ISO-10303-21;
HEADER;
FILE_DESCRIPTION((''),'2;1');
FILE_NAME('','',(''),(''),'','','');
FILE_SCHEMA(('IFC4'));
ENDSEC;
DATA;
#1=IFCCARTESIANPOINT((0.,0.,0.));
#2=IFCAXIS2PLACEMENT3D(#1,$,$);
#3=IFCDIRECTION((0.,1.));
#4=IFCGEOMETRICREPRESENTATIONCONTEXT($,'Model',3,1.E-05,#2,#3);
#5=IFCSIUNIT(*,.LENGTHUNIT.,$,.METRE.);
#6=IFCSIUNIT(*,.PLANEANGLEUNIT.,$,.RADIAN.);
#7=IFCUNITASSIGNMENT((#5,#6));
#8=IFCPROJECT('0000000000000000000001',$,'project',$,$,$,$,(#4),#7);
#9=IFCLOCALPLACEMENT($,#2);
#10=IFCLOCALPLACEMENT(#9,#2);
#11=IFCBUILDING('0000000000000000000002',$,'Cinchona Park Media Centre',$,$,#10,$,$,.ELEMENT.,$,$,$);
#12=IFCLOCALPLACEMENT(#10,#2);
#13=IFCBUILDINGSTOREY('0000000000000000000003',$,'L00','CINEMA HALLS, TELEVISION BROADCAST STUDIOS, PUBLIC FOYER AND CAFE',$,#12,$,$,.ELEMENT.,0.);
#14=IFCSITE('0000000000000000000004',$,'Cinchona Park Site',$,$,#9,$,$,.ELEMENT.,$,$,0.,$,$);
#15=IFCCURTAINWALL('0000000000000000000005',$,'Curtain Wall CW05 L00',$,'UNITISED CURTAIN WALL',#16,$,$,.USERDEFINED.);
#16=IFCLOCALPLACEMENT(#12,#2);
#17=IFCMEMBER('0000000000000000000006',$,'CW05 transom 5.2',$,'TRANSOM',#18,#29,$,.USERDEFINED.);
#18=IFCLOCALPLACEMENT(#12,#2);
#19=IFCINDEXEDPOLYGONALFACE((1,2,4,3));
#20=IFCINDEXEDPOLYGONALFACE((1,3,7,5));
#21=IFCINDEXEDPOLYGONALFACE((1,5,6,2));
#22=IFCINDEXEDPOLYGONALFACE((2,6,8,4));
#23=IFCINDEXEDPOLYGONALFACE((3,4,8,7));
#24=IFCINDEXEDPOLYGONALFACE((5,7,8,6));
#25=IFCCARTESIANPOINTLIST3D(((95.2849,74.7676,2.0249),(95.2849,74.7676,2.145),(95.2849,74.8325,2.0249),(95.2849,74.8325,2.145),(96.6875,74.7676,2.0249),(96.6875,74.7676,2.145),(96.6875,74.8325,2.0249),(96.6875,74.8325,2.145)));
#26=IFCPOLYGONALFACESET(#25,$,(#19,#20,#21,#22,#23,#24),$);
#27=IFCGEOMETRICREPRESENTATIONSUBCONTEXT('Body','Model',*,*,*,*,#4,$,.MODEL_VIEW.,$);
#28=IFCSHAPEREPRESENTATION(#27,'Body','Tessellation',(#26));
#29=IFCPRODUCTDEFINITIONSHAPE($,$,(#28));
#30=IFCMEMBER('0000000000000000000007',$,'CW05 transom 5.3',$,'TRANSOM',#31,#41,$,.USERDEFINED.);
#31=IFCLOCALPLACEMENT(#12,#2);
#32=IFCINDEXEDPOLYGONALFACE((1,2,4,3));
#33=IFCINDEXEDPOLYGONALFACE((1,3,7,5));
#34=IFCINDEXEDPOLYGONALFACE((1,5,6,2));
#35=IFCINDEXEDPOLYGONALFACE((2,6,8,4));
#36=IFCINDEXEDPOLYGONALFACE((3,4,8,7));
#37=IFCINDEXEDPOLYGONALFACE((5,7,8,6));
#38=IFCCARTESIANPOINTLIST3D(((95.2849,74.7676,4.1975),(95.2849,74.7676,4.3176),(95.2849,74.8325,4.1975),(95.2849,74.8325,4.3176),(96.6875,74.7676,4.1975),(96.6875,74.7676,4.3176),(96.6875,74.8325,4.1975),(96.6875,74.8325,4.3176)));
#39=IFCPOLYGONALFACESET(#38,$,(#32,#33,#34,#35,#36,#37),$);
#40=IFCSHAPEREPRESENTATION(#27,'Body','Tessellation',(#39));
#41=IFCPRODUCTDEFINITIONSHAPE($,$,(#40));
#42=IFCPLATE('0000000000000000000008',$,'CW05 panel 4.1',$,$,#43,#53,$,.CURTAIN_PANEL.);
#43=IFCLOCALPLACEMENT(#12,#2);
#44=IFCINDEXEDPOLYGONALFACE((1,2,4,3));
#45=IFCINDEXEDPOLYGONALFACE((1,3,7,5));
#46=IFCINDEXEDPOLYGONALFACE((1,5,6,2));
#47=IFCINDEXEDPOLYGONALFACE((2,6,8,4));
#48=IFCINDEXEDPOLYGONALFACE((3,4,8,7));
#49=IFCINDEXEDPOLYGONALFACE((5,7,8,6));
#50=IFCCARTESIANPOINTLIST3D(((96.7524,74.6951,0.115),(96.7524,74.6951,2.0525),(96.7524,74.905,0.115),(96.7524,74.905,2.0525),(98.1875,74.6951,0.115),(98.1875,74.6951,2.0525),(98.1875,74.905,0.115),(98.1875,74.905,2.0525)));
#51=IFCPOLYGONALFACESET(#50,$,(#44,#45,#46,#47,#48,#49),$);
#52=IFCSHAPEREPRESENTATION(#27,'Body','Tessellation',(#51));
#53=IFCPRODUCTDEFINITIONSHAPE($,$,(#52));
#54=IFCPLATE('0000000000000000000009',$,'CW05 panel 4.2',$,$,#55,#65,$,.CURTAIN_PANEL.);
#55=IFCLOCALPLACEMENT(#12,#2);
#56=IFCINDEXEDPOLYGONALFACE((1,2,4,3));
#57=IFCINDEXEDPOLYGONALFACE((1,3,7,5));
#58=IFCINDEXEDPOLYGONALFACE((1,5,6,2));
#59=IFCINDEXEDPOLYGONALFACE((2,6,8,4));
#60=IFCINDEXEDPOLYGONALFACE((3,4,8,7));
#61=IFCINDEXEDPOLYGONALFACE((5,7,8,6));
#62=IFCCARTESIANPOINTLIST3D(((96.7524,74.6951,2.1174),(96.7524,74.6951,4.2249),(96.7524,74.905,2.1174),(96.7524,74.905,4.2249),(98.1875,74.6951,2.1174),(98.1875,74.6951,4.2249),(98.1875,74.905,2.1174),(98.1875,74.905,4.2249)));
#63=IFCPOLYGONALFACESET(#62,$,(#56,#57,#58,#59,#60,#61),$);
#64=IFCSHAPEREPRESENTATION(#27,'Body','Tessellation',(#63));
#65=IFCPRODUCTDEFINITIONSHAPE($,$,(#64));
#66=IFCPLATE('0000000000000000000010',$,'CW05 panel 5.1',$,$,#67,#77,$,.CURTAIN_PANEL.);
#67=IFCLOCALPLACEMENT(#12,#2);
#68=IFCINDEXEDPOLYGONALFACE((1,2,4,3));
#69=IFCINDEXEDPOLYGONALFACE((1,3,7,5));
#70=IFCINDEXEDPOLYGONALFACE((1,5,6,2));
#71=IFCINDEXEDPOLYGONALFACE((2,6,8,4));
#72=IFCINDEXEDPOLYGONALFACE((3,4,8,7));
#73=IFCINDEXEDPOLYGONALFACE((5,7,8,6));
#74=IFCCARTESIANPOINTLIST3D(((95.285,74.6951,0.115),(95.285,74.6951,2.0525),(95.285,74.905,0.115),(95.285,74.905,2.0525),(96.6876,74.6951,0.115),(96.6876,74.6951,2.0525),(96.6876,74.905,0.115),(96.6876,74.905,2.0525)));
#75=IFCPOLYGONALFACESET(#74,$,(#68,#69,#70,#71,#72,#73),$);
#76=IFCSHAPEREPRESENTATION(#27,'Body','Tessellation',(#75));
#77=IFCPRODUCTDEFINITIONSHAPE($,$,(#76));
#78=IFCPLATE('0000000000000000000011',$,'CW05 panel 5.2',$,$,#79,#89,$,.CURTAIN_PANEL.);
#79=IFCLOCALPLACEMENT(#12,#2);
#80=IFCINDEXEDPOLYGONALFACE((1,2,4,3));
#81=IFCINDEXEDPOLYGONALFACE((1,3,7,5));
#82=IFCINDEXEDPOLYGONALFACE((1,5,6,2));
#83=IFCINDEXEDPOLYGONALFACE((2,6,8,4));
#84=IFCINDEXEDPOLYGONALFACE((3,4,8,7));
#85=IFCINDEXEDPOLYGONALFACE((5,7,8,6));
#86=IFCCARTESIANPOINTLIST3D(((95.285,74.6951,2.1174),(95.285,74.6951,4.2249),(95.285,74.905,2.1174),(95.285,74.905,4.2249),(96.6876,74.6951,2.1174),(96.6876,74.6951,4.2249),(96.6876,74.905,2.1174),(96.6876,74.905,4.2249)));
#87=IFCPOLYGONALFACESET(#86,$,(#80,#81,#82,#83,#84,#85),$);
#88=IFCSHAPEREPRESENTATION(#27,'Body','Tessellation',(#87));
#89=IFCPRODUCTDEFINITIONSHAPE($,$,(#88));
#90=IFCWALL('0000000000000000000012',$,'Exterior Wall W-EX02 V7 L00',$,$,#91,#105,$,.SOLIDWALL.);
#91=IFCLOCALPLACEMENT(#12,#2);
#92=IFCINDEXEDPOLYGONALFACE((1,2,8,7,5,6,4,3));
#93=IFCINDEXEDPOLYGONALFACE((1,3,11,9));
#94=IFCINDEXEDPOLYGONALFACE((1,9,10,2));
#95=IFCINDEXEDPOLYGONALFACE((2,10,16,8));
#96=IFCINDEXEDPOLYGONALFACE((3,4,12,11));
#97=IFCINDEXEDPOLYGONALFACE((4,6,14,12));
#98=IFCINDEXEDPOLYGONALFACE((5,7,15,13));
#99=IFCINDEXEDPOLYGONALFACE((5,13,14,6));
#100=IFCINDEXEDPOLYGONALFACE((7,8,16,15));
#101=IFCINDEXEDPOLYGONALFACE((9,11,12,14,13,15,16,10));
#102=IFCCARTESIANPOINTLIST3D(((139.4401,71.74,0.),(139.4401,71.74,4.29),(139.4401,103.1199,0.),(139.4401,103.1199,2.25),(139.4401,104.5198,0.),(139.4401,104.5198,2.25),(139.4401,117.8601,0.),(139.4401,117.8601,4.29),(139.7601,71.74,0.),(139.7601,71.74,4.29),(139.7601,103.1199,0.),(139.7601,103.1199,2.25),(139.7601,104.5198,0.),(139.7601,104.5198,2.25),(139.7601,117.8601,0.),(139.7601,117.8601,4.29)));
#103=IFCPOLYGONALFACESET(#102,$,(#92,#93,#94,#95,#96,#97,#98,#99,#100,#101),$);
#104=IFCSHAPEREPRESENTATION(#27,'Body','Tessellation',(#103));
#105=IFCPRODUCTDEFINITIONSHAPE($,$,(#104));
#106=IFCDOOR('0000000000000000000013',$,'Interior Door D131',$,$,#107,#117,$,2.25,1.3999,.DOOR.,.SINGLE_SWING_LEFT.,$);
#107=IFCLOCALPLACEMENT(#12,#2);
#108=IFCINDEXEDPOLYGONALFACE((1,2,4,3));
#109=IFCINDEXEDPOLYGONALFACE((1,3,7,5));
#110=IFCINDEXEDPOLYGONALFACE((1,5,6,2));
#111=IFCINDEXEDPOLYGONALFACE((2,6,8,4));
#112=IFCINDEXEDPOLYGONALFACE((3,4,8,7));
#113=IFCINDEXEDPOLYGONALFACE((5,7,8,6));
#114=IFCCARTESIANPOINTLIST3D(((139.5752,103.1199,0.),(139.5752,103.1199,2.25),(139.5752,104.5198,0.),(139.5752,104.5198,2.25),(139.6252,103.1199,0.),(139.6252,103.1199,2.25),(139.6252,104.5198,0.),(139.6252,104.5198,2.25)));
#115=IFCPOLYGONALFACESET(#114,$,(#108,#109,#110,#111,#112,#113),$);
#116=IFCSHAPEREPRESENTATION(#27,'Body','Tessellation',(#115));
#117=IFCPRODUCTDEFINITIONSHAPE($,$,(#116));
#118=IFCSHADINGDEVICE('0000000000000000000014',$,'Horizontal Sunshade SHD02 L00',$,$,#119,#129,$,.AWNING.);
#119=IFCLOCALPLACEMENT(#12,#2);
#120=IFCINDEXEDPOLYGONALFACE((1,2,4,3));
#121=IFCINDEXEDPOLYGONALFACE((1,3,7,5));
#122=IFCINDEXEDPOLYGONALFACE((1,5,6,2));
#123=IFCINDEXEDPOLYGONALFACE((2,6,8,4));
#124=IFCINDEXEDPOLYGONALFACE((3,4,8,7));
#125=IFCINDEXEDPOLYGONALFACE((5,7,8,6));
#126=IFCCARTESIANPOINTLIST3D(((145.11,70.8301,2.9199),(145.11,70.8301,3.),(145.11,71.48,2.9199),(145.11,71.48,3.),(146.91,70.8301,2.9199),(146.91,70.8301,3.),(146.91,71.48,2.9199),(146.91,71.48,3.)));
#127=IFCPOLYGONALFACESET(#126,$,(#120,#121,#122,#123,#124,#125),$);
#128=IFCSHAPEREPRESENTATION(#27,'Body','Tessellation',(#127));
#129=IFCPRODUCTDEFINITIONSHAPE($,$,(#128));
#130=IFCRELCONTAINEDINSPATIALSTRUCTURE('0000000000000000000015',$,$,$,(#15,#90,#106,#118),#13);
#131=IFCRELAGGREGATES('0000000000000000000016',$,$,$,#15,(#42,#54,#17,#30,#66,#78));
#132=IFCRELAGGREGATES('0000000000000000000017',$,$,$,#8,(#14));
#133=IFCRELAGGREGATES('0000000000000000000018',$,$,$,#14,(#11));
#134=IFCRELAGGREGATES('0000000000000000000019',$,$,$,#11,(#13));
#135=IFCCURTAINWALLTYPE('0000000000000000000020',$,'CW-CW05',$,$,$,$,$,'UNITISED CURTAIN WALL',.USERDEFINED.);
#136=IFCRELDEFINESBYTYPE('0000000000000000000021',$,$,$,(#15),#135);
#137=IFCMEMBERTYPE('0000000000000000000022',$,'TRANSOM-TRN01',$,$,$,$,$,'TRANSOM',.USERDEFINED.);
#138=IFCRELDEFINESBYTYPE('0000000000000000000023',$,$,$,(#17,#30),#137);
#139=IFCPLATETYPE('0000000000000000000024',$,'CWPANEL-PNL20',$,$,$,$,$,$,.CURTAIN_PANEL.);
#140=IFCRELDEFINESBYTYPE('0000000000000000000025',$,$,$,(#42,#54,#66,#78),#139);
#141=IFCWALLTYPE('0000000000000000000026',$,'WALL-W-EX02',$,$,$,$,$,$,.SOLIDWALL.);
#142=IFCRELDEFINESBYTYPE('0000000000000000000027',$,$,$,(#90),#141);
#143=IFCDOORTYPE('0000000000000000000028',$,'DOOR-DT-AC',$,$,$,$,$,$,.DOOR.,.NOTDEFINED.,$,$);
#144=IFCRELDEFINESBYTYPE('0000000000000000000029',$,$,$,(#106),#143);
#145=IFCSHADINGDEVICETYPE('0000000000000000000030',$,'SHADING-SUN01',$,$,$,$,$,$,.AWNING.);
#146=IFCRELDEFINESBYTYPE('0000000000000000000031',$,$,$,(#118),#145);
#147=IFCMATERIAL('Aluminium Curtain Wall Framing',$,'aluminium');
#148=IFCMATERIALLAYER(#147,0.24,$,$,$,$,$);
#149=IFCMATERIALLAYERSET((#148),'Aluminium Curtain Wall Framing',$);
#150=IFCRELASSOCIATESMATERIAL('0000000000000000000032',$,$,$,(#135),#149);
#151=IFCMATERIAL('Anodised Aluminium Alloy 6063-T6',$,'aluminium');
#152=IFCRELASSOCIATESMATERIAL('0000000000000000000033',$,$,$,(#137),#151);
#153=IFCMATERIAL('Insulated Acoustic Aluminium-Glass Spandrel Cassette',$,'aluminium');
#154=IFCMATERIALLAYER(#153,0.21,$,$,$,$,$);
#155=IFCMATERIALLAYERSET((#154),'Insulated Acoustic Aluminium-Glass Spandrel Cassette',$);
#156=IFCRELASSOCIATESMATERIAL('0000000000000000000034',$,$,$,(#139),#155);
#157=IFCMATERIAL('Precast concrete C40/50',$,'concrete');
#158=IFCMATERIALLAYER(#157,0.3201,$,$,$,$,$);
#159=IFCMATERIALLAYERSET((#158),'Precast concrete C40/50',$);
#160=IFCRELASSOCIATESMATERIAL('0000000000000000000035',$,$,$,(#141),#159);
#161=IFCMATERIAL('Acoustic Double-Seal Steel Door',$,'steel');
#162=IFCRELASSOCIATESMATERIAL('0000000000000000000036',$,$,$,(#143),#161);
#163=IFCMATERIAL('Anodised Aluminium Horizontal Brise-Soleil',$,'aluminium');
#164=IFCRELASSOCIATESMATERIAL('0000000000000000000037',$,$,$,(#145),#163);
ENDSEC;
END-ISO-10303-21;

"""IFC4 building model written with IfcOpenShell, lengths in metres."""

from ifc_helpers import new_model, si_unit, direction, frame, frame_2d, origin, origin_2d, place, context, subcontext, project, spatial, rectangle, extrude, material, layer, layer_set, material_profile, profile_set, type_object, element, fill, aggregate, save


model = new_model("IFC4")

# Units and contexts
model_context = context("Model", 3, precision=1e-05, world=origin(), true_north=direction((0.0, 1.0)))
body_context = subcontext(model_context, "Body", "Model", "MODEL_VIEW")
ifc_project = project(units=[si_unit("LENGTHUNIT", "METRE"), si_unit("PLANEANGLEUNIT", "RADIAN")], contexts=[model_context])

# Site, building, storey
site_placement = place(None, origin())
site = spatial("IfcSite", under=ifc_project, at=site_placement, Name="Cinchona Park Site", CompositionType="ELEMENT", RefElevation=0.0)
building_placement = place(site_placement, origin())
building = spatial("IfcBuilding", under=site, at=building_placement, Name="Cinchona Park Media Centre", CompositionType="ELEMENT")
storey_placement = place(building_placement, origin())
storey = spatial("IfcBuildingStorey", under=building, at=storey_placement, Name="L00", Description="CINEMA HALLS, TELEVISION BROADCAST STUDIOS, PUBLIC FOYER AND CAFE", CompositionType="ELEMENT", Elevation=0.0)

# Curtain wall, members, plates
ifc_material_1 = material(Name="Aluminium Curtain Wall Framing", Category="aluminium")
ifc_layer_1 = layer(ifc_material_1, 0.24)
ifc_layer_set_1 = layer_set([ifc_layer_1], Name="Aluminium Curtain Wall Framing")
curtain_wall_type = type_object("IfcCurtainWallType", Name="CW-CW05", ElementType="UNITISED CURTAIN WALL", PredefinedType="USERDEFINED", material=ifc_layer_set_1)
curtain_wall_placement = place(storey_placement, origin())
curtain_wall = element("IfcCurtainWall", 1, at=curtain_wall_placement, inside=storey, type_object=curtain_wall_type, Name="Curtain Wall CW05 L00", ObjectType="UNITISED CURTAIN WALL", PredefinedType="USERDEFINED")
ifc_material_2 = material(Name="Anodised Aluminium Alloy 6063-T6", Category="aluminium")
ifc_material_profile_1 = material_profile(ifc_material_2, rectangle(XDim=0.0649, YDim=0.1201, at=origin_2d()), Name="TRN-65X120")
ifc_profile_set_1 = profile_set([ifc_material_profile_1], Name="Anodised Aluminium Alloy 6063-T6")
member_type_1 = type_object("IfcMemberType", Name="TRANSOM-TRN01", ElementType="TRANSOM", PredefinedType="USERDEFINED", material=ifc_profile_set_1)
member_1_placement = place(storey_placement, frame((96.6875, 74.8, 2.085), z_axis=(-1.0, 0.0, 0.0), x_axis=(0.0, -1.0, 0.0)))
member_1 = element("IfcMember", 2, at=member_1_placement, type_object=member_type_1, Name="CW05 transom 5.2", ObjectType="TRANSOM", PredefinedType="USERDEFINED", context=body_context, shape_type="SweptSolid", body=[
    extrude(rectangle(XDim=0.0649, YDim=0.1201, at=origin_2d()), origin(), (0.0, 0.0, 1.0), 1.4026),
])
member_2_placement = place(storey_placement, frame((96.6875, 74.8, 4.2576), z_axis=(-1.0, 0.0, 0.0), x_axis=(0.0, -1.0, 0.0)))
member_2 = element("IfcMember", 3, at=member_2_placement, type_object=member_type_1, Name="CW05 transom 5.3", ObjectType="TRANSOM", PredefinedType="USERDEFINED", context=body_context, shape_type="SweptSolid", body=[
    extrude(rectangle(XDim=0.0649, YDim=0.1201, at=origin_2d()), origin(), (0.0, 0.0, 1.0), 1.4026),
])
ifc_material_3 = material(Name="Insulated Acoustic Aluminium-Glass Spandrel Cassette", Category="aluminium")
ifc_layer_2 = layer(ifc_material_3, 0.21)
ifc_layer_set_2 = layer_set([ifc_layer_2], Name="Insulated Acoustic Aluminium-Glass Spandrel Cassette")
plate_type = type_object("IfcPlateType", Name="CWPANEL-PNL20", PredefinedType="CURTAIN_PANEL", material=ifc_layer_set_2)
plate_1_placement = place(storey_placement, frame((97.47, 74.8, 0.115), z_axis=(0.0, 0.0, 1.0), x_axis=(-1.0, 0.0, 0.0)))
plate_1 = element("IfcPlate", 4, at=plate_1_placement, type_object=plate_type, Name="CW05 panel 4.1", PredefinedType="CURTAIN_PANEL", context=body_context, shape_type="SweptSolid", body=[
    extrude(rectangle(XDim=1.4351, YDim=0.21, at=origin_2d()), origin(), (0.0, 0.0, 1.0), 1.9375),
])
plate_2_placement = place(storey_placement, frame((97.47, 74.8, 2.1174), z_axis=(0.0, 0.0, 1.0), x_axis=(-1.0, 0.0, 0.0)))
plate_2 = element("IfcPlate", 5, at=plate_2_placement, type_object=plate_type, Name="CW05 panel 4.2", PredefinedType="CURTAIN_PANEL", context=body_context, shape_type="SweptSolid", body=[
    extrude(rectangle(XDim=1.4351, YDim=0.21, at=origin_2d()), origin(), (0.0, 0.0, 1.0), 2.1074),
])
plate_3_placement = place(storey_placement, frame((95.9863, 74.8, 0.115), z_axis=(0.0, 0.0, 1.0), x_axis=(-1.0, 0.0, 0.0)))
plate_3 = element("IfcPlate", 6, at=plate_3_placement, type_object=plate_type, Name="CW05 panel 5.1", PredefinedType="CURTAIN_PANEL", context=body_context, shape_type="SweptSolid", body=[
    extrude(rectangle(XDim=1.4026, YDim=0.21, at=origin_2d()), origin(), (0.0, 0.0, 1.0), 1.9375),
])
plate_4_placement = place(storey_placement, frame((95.9863, 74.8, 2.1174), z_axis=(0.0, 0.0, 1.0), x_axis=(-1.0, 0.0, 0.0)))
plate_4 = element("IfcPlate", 7, at=plate_4_placement, type_object=plate_type, Name="CW05 panel 5.2", PredefinedType="CURTAIN_PANEL", context=body_context, shape_type="SweptSolid", body=[
    extrude(rectangle(XDim=1.4026, YDim=0.21, at=origin_2d()), origin(), (0.0, 0.0, 1.0), 2.1074),
])
aggregate(curtain_wall, [plate_1, plate_2, member_1, member_2, plate_3, plate_4])

# Wall, opening, door
ifc_material_4 = material(Name="Precast concrete C40/50", Category="concrete")
ifc_layer_3 = layer(ifc_material_4, 0.3201)
ifc_layer_set_3 = layer_set([ifc_layer_3], Name="Precast concrete C40/50")
wall_type = type_object("IfcWallType", Name="WALL-W-EX02", PredefinedType="SOLIDWALL", material=ifc_layer_set_3)
wall_placement = place(storey_placement, frame((139.6001, 71.74, 0.0), z_axis=(0.0, 0.0, 1.0), x_axis=(0.0, 1.0, 0.0)))
wall = element("IfcWall", 8, at=wall_placement, inside=storey, type_object=wall_type, Name="Exterior Wall W-EX02 V7 L00", PredefinedType="SOLIDWALL", context=body_context, shape_type="SweptSolid", body=[
    extrude(rectangle(XDim=46.1201, YDim=0.3201, at=frame_2d((23.0601, 0.0))), origin(), (0.0, 0.0, 1.0), 4.29),
])
opening_placement = place(wall_placement, frame((31.3799, 0.0, 0.0)))
opening = element("IfcOpeningElement", 9, at=opening_placement, cuts=wall, PredefinedType="OPENING", context=body_context, shape_type="SweptSolid", body=[
    extrude(rectangle(XDim=1.3999, YDim=2.25, at=frame_2d((0.7, 1.125))), frame((0.0, 0.1699, 0.0), z_axis=(0.0, -1.0, 0.0), x_axis=(1.0, 0.0, 0.0)), (0.0, 0.0, 1.0), 0.3401),
])
ifc_material_5 = material(Name="Acoustic Double-Seal Steel Door", Category="steel")
door_type = type_object("IfcDoorType", Name="DOOR-DT-AC", OperationType="NOTDEFINED", PredefinedType="DOOR", material=ifc_material_5)
door_placement = place(opening_placement, origin())
door = element("IfcDoor", 10, at=door_placement, inside=storey, type_object=door_type, Name="Interior Door D131", OperationType="SINGLE_SWING_LEFT", OverallHeight=2.25, OverallWidth=1.3999, PredefinedType="DOOR", context=body_context, shape_type="SweptSolid", body=[
    extrude(rectangle(XDim=1.3999, YDim=2.25, at=frame_2d((0.7, 1.125))), frame((0.0, 0.0249, 0.0), z_axis=(0.0, -1.0, 0.0), x_axis=(1.0, 0.0, 0.0)), (0.0, 0.0, 1.0), 0.05),
])
fill(opening, door)

# Shading device
ifc_material_6 = material(Name="Anodised Aluminium Horizontal Brise-Soleil", Category="aluminium")
shading_device_type = type_object("IfcShadingDeviceType", Name="SHADING-SUN01", PredefinedType="AWNING", material=ifc_material_6)
shading_device_placement = place(storey_placement, frame((146.01, 71.155, 2.9199), z_axis=(0.0, 0.0, 1.0), x_axis=(-1.0, 0.0, 0.0)))
element("IfcShadingDevice", 11, at=shading_device_placement, inside=storey, type_object=shading_device_type, Name="Horizontal Sunshade SHD02 L00", PredefinedType="AWNING", context=body_context, shape_type="SweptSolid", body=[
    extrude(rectangle(XDim=1.8, YDim=0.6499, at=origin_2d()), origin(), (0.0, 0.0, 1.0), 0.0801),
])

save(model, "model.ifc")
